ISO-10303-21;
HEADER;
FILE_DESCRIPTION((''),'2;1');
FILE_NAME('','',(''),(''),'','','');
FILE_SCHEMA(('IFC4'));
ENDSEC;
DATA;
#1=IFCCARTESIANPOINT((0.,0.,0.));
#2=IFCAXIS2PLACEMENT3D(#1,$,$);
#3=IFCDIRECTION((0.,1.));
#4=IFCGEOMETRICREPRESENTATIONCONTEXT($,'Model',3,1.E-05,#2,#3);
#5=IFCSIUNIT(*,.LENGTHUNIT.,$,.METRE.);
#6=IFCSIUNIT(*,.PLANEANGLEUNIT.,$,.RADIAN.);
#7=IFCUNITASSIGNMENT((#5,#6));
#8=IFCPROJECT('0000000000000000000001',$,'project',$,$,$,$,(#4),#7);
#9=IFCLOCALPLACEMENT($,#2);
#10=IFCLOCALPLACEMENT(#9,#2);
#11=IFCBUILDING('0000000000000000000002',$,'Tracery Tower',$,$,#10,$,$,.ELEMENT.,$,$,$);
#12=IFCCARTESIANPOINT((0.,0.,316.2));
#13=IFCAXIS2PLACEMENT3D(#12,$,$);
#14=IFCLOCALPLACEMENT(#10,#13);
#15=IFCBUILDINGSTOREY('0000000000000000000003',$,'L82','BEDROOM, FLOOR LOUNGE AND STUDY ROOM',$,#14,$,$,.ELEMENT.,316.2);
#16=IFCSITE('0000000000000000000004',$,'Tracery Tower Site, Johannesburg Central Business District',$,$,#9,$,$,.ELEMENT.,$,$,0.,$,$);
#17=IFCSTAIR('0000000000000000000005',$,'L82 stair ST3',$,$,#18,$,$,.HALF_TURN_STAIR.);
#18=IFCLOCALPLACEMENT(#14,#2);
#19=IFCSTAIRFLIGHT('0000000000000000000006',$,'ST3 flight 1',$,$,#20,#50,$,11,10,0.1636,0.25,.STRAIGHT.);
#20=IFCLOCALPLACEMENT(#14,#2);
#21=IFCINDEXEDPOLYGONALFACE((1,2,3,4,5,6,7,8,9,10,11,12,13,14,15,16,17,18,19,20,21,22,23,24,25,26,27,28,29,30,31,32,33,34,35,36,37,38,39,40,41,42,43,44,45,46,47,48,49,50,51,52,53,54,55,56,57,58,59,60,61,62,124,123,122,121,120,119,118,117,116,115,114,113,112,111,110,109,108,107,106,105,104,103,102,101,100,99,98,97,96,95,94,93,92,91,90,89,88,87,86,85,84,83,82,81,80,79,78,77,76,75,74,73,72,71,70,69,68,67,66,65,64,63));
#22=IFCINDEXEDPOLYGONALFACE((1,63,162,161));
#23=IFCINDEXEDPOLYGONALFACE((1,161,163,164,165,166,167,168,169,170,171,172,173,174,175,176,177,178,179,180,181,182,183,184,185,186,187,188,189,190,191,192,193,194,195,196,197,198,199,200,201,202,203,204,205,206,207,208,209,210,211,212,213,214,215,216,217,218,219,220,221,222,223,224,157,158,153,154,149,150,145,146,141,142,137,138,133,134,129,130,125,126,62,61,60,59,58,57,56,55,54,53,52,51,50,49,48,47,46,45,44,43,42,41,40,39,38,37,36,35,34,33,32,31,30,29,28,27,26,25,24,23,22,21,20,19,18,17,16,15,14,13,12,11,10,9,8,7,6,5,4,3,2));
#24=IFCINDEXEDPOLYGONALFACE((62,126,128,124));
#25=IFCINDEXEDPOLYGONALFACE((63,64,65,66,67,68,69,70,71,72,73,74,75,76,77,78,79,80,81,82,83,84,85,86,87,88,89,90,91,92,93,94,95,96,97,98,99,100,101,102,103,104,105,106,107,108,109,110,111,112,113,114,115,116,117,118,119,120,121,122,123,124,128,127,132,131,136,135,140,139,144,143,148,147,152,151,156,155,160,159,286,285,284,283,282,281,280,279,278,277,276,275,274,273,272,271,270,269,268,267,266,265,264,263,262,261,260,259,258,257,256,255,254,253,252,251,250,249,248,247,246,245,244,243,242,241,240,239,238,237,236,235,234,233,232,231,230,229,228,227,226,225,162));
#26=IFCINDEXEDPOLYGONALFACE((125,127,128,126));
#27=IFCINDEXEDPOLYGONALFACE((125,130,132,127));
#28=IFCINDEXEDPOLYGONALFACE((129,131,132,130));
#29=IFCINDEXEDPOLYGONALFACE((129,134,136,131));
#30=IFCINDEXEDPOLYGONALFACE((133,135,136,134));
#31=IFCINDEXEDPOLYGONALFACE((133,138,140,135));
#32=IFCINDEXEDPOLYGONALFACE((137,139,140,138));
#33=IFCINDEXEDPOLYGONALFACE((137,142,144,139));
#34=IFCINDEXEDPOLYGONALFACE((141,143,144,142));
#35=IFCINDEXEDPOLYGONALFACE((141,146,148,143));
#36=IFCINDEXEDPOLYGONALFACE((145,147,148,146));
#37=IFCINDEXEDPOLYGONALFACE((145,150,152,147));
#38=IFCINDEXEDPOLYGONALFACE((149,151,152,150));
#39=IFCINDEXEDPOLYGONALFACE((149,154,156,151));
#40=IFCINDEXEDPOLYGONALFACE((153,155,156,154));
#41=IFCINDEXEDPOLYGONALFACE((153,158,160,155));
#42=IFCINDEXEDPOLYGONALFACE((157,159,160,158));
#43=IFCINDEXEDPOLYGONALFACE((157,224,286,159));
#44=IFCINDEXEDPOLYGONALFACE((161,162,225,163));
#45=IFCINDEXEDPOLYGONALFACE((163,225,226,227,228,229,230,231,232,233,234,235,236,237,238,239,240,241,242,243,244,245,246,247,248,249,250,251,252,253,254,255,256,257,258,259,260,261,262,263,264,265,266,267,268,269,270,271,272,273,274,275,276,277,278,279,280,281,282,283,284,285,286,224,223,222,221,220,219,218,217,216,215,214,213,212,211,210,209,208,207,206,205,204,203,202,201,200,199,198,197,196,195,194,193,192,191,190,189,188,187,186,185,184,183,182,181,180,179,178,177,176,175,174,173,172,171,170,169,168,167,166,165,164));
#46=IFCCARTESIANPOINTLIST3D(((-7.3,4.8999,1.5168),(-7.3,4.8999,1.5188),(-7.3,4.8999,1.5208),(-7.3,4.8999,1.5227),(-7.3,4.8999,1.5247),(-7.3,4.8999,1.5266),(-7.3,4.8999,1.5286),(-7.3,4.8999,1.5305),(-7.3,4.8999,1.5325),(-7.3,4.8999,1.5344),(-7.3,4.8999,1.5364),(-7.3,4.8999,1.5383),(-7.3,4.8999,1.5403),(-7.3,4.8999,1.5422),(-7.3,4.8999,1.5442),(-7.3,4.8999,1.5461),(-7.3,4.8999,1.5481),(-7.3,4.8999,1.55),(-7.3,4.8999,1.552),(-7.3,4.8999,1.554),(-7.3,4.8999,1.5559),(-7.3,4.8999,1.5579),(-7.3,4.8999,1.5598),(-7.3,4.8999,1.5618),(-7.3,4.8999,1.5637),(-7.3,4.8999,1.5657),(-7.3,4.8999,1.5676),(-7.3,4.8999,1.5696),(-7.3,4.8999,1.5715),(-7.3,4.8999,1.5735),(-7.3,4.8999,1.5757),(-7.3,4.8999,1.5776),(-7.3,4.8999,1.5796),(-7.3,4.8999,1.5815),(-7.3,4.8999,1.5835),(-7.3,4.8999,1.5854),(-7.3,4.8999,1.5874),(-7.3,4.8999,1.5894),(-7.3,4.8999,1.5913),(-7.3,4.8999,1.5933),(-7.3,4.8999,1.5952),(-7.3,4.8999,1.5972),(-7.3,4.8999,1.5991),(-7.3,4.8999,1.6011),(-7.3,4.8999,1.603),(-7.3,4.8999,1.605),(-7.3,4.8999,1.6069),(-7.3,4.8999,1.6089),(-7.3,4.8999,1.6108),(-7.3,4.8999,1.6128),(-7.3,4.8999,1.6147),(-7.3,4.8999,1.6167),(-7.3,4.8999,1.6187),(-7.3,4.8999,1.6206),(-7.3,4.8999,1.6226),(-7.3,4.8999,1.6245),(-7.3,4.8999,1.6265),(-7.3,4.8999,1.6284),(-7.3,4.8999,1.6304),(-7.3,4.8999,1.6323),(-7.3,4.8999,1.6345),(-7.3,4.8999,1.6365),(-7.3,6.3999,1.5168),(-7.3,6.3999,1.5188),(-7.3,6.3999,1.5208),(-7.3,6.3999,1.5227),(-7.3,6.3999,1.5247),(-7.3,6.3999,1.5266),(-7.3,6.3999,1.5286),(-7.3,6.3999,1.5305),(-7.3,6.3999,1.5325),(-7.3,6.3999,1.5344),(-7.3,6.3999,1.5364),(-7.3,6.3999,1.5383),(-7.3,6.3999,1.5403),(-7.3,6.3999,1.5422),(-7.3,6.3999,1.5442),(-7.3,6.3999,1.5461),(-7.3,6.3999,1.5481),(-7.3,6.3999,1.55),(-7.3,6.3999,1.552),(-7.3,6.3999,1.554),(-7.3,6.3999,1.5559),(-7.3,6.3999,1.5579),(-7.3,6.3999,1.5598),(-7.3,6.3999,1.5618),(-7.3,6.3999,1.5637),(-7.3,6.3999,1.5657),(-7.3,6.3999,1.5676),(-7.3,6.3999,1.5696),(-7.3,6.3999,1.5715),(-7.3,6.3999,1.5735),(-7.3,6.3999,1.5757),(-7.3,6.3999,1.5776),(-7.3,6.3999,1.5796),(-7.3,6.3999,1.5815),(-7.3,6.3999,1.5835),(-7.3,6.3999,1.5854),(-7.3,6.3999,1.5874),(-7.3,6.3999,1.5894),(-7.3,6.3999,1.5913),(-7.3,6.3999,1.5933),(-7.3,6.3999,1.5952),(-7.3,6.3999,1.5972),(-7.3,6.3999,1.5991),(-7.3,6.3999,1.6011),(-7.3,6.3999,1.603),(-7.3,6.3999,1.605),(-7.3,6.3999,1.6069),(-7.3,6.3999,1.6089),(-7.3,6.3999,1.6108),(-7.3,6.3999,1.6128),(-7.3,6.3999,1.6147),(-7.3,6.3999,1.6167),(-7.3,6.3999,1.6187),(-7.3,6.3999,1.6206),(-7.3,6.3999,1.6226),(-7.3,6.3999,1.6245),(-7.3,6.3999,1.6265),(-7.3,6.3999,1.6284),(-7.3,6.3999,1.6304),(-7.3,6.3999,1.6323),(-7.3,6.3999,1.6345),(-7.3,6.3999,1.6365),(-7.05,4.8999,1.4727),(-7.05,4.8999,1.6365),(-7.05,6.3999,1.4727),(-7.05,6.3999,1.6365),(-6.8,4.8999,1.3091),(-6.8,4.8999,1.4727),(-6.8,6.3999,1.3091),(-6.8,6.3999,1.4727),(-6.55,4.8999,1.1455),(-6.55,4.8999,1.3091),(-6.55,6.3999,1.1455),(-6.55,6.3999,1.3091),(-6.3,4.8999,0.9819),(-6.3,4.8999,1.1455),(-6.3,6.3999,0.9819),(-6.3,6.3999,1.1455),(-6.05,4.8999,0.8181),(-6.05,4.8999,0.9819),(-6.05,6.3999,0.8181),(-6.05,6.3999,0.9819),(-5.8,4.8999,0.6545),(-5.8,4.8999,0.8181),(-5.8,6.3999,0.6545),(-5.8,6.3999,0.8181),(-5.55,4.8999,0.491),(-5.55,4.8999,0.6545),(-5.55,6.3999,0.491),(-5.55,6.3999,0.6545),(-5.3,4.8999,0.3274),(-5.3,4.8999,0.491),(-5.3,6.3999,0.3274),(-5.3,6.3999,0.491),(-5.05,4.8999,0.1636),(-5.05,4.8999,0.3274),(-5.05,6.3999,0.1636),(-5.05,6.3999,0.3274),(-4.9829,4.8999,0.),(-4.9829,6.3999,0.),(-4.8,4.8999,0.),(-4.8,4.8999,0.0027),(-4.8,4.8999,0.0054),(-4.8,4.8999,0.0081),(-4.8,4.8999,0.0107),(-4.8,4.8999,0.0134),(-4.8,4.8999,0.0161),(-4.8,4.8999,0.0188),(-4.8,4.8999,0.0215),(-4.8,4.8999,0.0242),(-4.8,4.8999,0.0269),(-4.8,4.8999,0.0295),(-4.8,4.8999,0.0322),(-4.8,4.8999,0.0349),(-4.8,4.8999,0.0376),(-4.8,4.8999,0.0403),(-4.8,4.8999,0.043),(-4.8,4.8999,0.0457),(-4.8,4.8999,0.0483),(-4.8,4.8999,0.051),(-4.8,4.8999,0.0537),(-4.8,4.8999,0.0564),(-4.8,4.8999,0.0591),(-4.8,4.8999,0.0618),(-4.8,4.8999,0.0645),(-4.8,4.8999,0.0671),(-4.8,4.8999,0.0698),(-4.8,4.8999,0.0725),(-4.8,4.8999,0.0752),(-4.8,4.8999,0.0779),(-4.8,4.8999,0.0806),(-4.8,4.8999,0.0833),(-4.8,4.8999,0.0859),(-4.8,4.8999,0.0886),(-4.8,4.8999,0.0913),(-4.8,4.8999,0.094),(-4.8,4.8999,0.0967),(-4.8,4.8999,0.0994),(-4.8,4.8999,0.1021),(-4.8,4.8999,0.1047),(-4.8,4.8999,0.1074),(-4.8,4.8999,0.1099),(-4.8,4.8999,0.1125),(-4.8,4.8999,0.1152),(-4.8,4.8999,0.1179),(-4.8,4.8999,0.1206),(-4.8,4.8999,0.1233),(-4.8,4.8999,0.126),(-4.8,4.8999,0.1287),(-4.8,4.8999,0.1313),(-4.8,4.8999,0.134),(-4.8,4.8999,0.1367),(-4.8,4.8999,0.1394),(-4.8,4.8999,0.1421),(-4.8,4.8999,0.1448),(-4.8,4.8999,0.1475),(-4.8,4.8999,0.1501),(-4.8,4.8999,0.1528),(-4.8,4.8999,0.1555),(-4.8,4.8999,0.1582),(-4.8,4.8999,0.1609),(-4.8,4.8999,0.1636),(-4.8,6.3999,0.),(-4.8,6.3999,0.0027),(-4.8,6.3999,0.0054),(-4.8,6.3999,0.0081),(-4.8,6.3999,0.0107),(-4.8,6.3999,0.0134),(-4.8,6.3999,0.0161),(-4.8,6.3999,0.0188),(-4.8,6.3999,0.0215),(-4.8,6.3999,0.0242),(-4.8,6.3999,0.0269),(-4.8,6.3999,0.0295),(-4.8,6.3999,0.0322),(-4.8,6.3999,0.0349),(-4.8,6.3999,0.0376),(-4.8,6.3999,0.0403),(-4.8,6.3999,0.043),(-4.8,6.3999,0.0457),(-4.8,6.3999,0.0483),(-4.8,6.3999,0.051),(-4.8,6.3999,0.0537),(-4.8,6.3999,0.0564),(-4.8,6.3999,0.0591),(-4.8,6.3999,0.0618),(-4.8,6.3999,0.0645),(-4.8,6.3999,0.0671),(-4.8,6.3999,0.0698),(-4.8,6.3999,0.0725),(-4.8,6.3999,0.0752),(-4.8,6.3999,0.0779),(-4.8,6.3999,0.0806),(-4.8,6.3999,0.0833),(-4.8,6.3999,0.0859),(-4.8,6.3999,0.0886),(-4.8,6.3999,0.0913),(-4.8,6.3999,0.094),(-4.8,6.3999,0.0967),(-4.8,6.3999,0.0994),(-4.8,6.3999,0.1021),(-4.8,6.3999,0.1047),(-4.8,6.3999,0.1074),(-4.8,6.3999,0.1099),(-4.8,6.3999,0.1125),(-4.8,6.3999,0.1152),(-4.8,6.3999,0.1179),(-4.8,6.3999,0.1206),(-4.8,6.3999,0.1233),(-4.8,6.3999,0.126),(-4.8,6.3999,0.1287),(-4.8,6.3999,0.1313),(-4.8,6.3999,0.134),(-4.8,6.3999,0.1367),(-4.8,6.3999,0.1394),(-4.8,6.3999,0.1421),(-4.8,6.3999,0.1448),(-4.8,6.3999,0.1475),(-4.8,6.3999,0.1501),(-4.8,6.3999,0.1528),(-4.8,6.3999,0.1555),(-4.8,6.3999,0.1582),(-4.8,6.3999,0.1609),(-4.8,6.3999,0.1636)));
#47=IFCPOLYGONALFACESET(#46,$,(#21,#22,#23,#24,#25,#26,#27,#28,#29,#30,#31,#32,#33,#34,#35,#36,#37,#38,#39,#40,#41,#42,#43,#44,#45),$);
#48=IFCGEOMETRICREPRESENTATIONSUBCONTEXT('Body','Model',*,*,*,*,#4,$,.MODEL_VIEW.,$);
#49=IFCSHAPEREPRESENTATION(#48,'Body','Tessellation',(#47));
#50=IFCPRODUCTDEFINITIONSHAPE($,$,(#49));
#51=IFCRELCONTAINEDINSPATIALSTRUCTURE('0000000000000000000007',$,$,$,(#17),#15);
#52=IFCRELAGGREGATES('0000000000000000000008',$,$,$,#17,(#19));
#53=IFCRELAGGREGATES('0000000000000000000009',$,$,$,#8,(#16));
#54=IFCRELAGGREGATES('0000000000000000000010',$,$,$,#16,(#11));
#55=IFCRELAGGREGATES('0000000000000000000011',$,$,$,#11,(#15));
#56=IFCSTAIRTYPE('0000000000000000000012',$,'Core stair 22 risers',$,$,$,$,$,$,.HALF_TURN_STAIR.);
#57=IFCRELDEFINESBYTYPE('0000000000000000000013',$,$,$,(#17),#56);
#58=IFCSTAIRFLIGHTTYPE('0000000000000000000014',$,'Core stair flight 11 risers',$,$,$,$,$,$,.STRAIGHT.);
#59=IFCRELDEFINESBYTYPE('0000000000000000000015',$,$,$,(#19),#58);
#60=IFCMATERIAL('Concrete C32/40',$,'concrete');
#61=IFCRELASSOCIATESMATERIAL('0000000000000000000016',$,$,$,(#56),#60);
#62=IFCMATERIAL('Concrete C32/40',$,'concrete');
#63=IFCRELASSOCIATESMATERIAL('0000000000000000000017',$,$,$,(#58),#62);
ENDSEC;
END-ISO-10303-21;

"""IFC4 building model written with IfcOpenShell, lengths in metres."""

from ifc_helpers import new_model, si_unit, direction, frame, origin, place, context, subcontext, project, spatial, polyline, outline, extrude, material, type_object, element, aggregate, save


model = new_model("IFC4")

# Units and contexts
model_context = context("Model", 3, precision=1e-05, world=origin(), true_north=direction((0.0, 1.0)))
body_context = subcontext(model_context, "Body", "Model", "MODEL_VIEW")
ifc_project = project(units=[si_unit("LENGTHUNIT", "METRE"), si_unit("PLANEANGLEUNIT", "RADIAN")], contexts=[model_context])

# Site, building, storey
site_placement = place(None, origin())
site = spatial("IfcSite", under=ifc_project, at=site_placement, Name="Tracery Tower Site, Johannesburg Central Business District", CompositionType="ELEMENT", RefElevation=0.0)
building_placement = place(site_placement, origin())
building = spatial("IfcBuilding", under=site, at=building_placement, Name="Tracery Tower", CompositionType="ELEMENT")
storey_placement = place(building_placement, frame((0.0, 0.0, 316.2)))
storey = spatial("IfcBuildingStorey", under=building, at=storey_placement, Name="L82", Description="BEDROOM, FLOOR LOUNGE AND STUDY ROOM", CompositionType="ELEMENT", Elevation=316.2)

# Stair, stair flight
ifc_material_1 = material(Name="Concrete C32/40", Category="concrete")
stair_type = type_object("IfcStairType", Name="Core stair 22 risers", PredefinedType="HALF_TURN_STAIR", material=ifc_material_1)
stair_placement = place(storey_placement, origin())
stair = element("IfcStair", 1, at=stair_placement, inside=storey, type_object=stair_type, Name="L82 stair ST3", PredefinedType="HALF_TURN_STAIR")
ifc_material_2 = material(Name="Concrete C32/40", Category="concrete")
stair_flight_type = type_object("IfcStairFlightType", Name="Core stair flight 11 risers", PredefinedType="STRAIGHT", material=ifc_material_2)
stair_flight_1_placement = place(storey_placement, frame((-4.8, 5.6499, 0.0), z_axis=(0.0, 0.0, 1.0), x_axis=(-1.0, 0.0, 0.0)))
stair_flight_1 = element("IfcStairFlight", 2, at=stair_flight_1_placement, type_object=stair_flight_type, Name="ST3 flight 1", NumberOfRisers=11, NumberOfTreads=10, PredefinedType="STRAIGHT", RiserHeight=0.1636, TreadLength=0.25, context=body_context, shape_type="SweptSolid", body=[
    extrude(outline(polyline([(0.0, 0.0), (0.0, 0.0027), (0.0, 0.0054), (0.0, 0.0081), (0.0, 0.0107), (0.0, 0.0134), (0.0, 0.0161), (0.0, 0.0188), (0.0, 0.0215), (0.0, 0.0242), (0.0, 0.0269), (0.0, 0.0295), (0.0, 0.0322), (0.0, 0.0349), (0.0, 0.0376), (0.0, 0.0403), (0.0, 0.043), (0.0, 0.0457), (0.0, 0.0483), (0.0, 0.051), (0.0, 0.0537), (0.0, 0.0564), (0.0, 0.0591), (0.0, 0.0618), (0.0, 0.0645), (0.0, 0.0671), (0.0, 0.0698), (0.0, 0.0725), (0.0, 0.0752), (0.0, 0.0779), (0.0, 0.0806), (0.0, 0.0833), (0.0, 0.0859), (0.0, 0.0886), (0.0, 0.0913), (0.0, 0.094), (0.0, 0.0967), (0.0, 0.0994), (0.0, 0.1021), (0.0, 0.1047), (0.0, 0.1074), (0.0, 0.1099), (0.0, 0.1125), (0.0, 0.1152), (0.0, 0.1179), (0.0, 0.1206), (0.0, 0.1233), (0.0, 0.126), (0.0, 0.1287), (0.0, 0.1313), (0.0, 0.134), (0.0, 0.1367), (0.0, 0.1394), (0.0, 0.1421), (0.0, 0.1448), (0.0, 0.1475), (0.0, 0.1501), (0.0, 0.1528), (0.0, 0.1555), (0.0, 0.1582), (0.0, 0.1609), (0.0, 0.1636), (0.25, 0.1636), (0.25, 0.3274), (0.5, 0.3274), (0.5, 0.491), (0.75, 0.491), (0.75, 0.6545), (1.0, 0.6545), (1.0, 0.8181), (1.25, 0.8181), (1.25, 0.9819), (1.5, 0.9819), (1.5, 1.1455), (1.75, 1.1455), (1.75, 1.3091), (2.0, 1.3091), (2.0, 1.4727), (2.25, 1.4727), (2.25, 1.6365), (2.5, 1.6365), (2.5, 1.6345), (2.5, 1.6323), (2.5, 1.6304), (2.5, 1.6284), (2.5, 1.6265), (2.5, 1.6245), (2.5, 1.6226), (2.5, 1.6206), (2.5, 1.6187), (2.5, 1.6167), (2.5, 1.6147), (2.5, 1.6128), (2.5, 1.6108), (2.5, 1.6089), (2.5, 1.6069), (2.5, 1.605), (2.5, 1.603), (2.5, 1.6011), (2.5, 1.5991), (2.5, 1.5972), (2.5, 1.5952), (2.5, 1.5933), (2.5, 1.5913), (2.5, 1.5894), (2.5, 1.5874), (2.5, 1.5854), (2.5, 1.5835), (2.5, 1.5815), (2.5, 1.5796), (2.5, 1.5776), (2.5, 1.5757), (2.5, 1.5735), (2.5, 1.5715), (2.5, 1.5696), (2.5, 1.5676), (2.5, 1.5657), (2.5, 1.5637), (2.5, 1.5618), (2.5, 1.5598), (2.5, 1.5579), (2.5, 1.5559), (2.5, 1.554), (2.5, 1.552), (2.5, 1.55), (2.5, 1.5481), (2.5, 1.5461), (2.5, 1.5442), (2.5, 1.5422), (2.5, 1.5403), (2.5, 1.5383), (2.5, 1.5364), (2.5, 1.5344), (2.5, 1.5325), (2.5, 1.5305), (2.5, 1.5286), (2.5, 1.5266), (2.5, 1.5247), (2.5, 1.5227), (2.5, 1.5208), (2.5, 1.5188), (2.5, 1.5168), (0.1829, 0.0), (0.0, 0.0)])), frame((0.0, 0.75, 0.0), z_axis=(0.0, -1.0, 0.0), x_axis=(1.0, 0.0, 0.0)), (0.0, 0.0, 1.0), 1.5),
])
aggregate(stair, [stair_flight_1])

save(model, "model.ifc")
